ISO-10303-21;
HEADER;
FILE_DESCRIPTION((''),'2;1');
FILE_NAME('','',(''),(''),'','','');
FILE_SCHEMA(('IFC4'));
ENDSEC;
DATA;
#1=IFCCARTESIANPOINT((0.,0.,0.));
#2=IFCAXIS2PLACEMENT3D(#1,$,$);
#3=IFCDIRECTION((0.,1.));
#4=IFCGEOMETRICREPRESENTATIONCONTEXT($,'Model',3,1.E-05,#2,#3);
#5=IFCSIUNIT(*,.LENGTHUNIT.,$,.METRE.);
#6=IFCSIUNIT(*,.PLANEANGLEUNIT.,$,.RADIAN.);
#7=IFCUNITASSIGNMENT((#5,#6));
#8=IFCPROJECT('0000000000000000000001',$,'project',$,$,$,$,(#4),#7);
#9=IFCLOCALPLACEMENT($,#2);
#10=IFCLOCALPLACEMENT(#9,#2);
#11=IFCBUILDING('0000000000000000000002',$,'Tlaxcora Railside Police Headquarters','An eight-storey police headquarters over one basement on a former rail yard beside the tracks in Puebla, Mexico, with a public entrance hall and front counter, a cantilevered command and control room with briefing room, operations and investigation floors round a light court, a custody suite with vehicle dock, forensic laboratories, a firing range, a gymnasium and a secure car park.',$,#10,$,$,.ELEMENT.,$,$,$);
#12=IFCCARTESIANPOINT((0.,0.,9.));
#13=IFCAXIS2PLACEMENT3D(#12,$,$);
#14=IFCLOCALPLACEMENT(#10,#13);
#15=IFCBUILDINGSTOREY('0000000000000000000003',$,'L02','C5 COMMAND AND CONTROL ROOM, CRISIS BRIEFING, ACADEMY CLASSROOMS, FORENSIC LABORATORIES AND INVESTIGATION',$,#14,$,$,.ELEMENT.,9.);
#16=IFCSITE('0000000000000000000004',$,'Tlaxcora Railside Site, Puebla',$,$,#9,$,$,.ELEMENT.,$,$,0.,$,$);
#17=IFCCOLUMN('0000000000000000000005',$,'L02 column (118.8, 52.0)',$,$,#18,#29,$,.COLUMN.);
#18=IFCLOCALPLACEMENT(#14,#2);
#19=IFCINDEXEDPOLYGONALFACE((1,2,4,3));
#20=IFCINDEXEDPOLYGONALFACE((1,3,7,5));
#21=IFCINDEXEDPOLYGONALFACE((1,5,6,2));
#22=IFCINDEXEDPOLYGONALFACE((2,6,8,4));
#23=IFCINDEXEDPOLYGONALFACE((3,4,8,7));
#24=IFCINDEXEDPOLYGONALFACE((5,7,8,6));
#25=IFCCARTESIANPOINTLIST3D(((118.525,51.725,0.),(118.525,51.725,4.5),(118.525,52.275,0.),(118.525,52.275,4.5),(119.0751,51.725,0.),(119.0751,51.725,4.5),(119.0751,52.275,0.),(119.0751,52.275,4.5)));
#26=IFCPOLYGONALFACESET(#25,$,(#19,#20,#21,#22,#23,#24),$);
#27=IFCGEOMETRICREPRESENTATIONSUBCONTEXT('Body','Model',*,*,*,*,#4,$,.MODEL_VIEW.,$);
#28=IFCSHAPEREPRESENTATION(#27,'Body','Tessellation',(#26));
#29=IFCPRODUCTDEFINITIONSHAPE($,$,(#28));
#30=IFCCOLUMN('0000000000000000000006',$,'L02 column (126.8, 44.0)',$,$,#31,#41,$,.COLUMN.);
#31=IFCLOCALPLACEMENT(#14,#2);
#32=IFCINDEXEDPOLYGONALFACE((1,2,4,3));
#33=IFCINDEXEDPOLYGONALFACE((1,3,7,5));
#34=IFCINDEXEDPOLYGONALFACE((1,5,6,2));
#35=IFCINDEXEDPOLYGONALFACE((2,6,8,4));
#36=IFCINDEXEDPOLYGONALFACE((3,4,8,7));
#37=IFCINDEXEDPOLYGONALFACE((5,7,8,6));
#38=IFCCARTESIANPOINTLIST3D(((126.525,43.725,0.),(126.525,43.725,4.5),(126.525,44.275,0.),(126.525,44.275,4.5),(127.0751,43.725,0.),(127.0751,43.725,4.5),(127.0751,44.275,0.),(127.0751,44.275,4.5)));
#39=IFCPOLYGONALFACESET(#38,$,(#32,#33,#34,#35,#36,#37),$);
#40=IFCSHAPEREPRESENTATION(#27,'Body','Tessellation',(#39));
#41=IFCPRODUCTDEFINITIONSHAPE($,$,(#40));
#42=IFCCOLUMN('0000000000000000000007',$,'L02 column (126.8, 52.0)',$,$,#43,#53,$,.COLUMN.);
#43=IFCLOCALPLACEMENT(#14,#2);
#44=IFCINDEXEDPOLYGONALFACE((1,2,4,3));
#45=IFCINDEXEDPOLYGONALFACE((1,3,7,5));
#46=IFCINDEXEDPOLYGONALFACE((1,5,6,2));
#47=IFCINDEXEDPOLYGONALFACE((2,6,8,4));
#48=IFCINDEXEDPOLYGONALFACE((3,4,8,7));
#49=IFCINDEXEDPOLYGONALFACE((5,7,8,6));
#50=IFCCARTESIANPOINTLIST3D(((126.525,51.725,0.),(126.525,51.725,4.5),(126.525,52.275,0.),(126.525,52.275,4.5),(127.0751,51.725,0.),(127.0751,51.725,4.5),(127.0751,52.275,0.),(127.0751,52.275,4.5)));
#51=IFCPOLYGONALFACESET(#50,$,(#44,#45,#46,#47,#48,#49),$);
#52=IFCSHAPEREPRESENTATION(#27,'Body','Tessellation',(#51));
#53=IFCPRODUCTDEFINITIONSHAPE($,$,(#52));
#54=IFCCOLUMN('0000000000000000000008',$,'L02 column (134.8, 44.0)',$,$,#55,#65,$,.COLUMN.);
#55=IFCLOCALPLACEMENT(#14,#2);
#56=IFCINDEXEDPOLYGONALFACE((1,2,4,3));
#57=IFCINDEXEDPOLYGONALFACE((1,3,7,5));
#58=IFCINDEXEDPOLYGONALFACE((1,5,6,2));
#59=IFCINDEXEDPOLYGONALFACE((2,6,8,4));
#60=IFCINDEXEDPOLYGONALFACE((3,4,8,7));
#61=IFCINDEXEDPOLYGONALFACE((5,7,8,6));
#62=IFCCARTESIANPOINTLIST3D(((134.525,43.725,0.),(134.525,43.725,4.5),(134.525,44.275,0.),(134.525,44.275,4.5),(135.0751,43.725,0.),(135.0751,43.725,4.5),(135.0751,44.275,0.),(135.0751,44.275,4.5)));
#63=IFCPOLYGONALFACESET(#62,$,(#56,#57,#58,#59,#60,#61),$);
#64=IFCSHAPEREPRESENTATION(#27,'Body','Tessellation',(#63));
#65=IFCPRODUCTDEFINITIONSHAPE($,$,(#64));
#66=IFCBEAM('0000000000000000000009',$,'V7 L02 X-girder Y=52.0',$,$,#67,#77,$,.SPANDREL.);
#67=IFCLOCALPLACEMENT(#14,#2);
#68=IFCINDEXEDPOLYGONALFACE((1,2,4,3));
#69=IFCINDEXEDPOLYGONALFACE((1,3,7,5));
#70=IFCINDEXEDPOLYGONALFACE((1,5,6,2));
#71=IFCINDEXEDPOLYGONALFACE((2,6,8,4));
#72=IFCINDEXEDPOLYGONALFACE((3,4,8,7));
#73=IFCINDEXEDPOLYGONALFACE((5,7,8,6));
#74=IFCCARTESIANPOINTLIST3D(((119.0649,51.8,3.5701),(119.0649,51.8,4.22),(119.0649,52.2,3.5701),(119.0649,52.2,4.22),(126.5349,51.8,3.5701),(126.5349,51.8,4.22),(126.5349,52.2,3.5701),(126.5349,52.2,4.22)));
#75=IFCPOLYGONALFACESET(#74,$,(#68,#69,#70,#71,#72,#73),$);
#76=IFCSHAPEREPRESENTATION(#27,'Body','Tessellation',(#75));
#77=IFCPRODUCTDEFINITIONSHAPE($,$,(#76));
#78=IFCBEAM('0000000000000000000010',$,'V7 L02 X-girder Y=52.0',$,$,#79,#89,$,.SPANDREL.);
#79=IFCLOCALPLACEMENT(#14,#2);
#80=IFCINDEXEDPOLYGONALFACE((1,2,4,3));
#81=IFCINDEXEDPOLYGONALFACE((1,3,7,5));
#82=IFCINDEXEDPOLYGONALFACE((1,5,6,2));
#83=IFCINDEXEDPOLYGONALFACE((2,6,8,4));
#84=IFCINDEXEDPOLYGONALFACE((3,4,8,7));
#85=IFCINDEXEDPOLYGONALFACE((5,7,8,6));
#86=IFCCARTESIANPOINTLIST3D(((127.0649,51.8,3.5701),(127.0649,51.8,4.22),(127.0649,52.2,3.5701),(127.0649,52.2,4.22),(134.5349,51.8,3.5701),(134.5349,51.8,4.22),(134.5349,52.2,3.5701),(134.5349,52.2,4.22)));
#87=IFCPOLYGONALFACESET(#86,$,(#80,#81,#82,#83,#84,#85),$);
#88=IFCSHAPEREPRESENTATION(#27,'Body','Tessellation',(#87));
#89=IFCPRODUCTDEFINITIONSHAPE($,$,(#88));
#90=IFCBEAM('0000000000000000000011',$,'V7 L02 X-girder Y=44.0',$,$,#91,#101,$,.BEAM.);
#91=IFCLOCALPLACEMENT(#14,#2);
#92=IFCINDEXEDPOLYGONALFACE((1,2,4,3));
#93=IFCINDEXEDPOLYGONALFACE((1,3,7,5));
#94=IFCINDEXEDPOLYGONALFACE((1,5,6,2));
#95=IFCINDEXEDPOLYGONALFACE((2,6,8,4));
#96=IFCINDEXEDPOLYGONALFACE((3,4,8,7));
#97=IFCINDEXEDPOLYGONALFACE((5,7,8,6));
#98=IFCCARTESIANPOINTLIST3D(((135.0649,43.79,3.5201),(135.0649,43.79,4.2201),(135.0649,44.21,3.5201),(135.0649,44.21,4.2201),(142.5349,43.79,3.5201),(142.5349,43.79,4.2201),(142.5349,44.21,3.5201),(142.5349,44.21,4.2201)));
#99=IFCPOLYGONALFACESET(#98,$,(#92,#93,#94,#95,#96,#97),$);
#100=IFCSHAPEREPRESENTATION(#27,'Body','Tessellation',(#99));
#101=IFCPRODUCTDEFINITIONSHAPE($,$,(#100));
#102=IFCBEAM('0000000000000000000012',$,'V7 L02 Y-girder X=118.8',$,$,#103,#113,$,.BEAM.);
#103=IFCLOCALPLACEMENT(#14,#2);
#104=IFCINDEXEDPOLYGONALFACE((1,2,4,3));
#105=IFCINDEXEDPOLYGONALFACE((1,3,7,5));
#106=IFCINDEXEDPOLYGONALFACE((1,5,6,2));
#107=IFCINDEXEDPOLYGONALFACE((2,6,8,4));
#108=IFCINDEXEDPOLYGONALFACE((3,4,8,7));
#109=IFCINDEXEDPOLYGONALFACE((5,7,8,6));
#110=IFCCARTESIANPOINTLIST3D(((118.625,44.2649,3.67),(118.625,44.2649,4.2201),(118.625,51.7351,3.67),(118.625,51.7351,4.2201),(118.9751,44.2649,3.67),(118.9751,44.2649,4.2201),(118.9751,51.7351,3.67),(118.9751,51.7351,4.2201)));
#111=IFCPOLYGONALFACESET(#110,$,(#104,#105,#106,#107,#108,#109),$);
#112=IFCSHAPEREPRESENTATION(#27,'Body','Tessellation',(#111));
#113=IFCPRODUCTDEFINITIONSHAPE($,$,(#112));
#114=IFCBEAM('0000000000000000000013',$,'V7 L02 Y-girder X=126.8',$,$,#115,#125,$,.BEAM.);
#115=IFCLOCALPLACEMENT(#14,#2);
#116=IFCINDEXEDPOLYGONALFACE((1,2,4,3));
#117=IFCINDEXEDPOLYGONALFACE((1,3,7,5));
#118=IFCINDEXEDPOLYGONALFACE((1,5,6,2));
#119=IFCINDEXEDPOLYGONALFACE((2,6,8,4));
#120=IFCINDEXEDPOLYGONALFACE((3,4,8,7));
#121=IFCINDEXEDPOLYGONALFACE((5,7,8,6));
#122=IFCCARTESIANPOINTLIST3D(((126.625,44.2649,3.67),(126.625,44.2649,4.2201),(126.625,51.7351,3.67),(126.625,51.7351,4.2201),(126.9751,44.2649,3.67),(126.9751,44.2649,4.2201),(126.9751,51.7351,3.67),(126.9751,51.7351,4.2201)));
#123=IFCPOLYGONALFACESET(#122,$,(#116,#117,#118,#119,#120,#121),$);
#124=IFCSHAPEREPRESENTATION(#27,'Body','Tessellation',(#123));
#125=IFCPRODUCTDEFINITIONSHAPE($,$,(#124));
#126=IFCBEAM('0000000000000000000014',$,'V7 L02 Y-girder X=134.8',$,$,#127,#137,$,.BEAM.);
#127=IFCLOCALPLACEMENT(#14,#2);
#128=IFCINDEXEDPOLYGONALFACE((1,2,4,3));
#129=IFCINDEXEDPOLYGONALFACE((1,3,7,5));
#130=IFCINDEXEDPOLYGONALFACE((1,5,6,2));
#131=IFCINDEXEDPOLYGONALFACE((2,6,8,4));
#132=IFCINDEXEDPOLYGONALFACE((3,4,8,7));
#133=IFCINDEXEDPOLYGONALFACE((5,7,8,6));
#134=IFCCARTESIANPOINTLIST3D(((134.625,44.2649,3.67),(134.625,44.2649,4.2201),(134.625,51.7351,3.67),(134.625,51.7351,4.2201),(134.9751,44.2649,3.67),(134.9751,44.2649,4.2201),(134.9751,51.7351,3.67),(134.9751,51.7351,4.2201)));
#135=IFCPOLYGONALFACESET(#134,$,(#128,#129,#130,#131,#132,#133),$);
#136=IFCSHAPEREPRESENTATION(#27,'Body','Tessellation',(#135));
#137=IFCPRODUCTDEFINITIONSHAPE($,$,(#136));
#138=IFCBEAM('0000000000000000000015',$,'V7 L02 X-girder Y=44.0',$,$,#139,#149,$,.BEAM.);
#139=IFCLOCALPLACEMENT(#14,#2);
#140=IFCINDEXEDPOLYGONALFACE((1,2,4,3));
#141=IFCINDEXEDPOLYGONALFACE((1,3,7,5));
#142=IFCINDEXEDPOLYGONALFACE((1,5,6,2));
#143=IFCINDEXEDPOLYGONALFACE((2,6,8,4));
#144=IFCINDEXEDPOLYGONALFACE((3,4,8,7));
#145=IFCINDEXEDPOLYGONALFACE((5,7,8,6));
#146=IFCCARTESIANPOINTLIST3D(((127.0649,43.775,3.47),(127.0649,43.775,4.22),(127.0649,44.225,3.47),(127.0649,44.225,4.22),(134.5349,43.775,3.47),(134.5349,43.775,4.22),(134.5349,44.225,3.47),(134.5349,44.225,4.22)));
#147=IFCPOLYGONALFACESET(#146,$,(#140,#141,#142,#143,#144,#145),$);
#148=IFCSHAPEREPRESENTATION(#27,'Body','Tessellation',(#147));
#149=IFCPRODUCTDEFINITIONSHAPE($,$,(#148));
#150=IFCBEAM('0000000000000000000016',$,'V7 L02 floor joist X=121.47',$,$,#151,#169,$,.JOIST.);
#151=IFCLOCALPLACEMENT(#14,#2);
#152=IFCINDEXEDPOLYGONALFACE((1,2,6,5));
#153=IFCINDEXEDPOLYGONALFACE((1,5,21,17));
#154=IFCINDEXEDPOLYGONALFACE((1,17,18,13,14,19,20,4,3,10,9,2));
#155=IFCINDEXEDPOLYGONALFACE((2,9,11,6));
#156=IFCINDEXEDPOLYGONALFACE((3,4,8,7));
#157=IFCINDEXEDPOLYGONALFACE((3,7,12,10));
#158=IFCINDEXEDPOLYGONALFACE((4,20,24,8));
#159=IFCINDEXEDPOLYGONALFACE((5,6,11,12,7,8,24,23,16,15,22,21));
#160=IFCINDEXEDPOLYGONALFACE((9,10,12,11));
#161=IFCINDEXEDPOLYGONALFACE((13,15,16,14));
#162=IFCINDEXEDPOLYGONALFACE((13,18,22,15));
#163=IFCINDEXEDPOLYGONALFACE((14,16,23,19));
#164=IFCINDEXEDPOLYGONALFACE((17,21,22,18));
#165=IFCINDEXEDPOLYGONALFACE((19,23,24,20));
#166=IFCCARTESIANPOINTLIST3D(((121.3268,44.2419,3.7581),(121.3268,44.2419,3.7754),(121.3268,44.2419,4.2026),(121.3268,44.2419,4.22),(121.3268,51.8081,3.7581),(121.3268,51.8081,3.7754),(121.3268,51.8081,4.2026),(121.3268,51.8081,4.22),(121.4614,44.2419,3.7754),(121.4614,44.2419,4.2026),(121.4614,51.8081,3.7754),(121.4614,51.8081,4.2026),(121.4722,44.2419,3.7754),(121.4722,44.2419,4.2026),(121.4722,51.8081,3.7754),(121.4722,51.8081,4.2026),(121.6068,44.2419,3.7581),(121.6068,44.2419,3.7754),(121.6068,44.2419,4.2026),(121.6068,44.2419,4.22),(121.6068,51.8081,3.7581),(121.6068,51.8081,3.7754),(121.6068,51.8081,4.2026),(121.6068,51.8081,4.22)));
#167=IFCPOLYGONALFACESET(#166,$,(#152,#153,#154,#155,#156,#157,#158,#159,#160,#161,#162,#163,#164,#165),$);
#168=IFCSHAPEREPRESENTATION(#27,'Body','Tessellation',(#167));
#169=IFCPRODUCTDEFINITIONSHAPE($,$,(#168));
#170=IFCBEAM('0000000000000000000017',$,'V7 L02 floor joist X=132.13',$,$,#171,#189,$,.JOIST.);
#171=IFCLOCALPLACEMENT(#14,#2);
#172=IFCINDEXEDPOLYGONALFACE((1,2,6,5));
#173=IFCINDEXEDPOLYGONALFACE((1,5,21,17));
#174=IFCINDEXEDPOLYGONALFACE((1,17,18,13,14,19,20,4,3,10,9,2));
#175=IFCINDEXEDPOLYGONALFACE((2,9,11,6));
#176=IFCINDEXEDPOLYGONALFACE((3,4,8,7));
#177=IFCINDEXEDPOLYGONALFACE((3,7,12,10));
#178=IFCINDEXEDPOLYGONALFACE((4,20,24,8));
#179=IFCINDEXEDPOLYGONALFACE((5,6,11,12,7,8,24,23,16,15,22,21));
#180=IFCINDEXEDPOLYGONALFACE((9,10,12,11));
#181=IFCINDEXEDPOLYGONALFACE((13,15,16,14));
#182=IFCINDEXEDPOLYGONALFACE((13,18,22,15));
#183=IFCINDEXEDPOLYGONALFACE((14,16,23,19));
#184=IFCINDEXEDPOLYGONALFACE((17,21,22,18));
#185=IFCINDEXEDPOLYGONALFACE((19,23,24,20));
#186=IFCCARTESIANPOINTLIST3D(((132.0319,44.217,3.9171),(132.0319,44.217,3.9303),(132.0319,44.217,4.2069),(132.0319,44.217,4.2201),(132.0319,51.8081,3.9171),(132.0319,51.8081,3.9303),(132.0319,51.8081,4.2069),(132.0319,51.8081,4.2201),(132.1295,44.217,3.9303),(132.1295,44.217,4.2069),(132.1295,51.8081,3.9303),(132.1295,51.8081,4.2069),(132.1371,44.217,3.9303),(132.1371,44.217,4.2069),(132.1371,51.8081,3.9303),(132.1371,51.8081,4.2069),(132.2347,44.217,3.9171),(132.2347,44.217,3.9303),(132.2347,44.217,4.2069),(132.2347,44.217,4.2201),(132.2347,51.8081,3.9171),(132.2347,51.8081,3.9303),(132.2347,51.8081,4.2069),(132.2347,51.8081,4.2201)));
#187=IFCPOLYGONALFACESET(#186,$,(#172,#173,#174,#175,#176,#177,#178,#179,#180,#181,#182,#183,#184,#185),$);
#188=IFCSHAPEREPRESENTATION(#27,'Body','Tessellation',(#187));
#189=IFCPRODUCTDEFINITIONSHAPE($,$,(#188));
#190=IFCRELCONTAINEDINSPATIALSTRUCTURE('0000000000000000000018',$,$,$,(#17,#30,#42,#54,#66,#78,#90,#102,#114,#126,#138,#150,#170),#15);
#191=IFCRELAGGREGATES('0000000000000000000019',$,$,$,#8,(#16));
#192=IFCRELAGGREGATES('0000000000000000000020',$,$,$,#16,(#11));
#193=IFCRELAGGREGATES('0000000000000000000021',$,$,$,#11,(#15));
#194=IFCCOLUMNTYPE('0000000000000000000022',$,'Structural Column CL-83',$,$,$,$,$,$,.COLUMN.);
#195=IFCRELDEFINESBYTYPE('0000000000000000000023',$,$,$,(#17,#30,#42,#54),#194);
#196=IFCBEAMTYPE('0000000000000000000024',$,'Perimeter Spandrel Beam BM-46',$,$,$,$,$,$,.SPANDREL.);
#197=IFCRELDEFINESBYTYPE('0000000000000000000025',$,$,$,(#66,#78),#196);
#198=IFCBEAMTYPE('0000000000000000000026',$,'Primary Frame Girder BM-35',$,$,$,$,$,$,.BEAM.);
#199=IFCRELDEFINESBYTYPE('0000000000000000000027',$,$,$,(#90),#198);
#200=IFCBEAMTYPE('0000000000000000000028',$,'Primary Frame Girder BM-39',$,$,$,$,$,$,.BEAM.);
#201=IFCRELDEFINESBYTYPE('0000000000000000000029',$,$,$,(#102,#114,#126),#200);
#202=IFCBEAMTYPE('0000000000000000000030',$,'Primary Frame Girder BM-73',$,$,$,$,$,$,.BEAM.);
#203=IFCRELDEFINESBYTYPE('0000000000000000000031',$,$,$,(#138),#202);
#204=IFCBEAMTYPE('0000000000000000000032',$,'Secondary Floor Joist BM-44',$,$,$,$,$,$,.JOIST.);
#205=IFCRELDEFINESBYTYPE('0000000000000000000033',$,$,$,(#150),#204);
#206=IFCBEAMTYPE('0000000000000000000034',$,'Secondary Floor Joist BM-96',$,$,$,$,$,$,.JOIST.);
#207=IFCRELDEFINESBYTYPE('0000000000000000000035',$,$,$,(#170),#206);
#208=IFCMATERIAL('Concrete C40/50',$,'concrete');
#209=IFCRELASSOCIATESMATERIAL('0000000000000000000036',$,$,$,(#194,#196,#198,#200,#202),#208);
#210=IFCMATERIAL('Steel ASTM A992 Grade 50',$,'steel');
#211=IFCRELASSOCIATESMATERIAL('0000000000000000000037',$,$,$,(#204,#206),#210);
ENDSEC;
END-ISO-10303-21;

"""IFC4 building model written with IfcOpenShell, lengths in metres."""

from ifc_helpers import new_model, si_unit, direction, frame, origin, origin_2d, place, context, subcontext, project, spatial, rectangle, i_section, extrude, material, material_profile, profile_set, type_object, element, save


model = new_model("IFC4")

# Units and contexts
model_context = context("Model", 3, precision=1e-05, world=origin(), true_north=direction((0.0, 1.0)))
body_context = subcontext(model_context, "Body", "Model", "MODEL_VIEW")
ifc_project = project(units=[si_unit("LENGTHUNIT", "METRE"), si_unit("PLANEANGLEUNIT", "RADIAN")], contexts=[model_context])

# Site, building, storey
site_placement = place(None, origin())
site = spatial("IfcSite", under=ifc_project, at=site_placement, Name="Tlaxcora Railside Site, Puebla", CompositionType="ELEMENT", RefElevation=0.0)
building_placement = place(site_placement, origin())
building = spatial("IfcBuilding", under=site, at=building_placement, Name="Tlaxcora Railside Police Headquarters", Description="An eight-storey police headquarters over one basement on a former rail yard beside the tracks in Puebla, Mexico, with a public entrance hall and front counter, a cantilevered command and control room with briefing room, operations and investigation floors round a light court, a custody suite with vehicle dock, forensic laboratories, a firing range, a gymnasium and a secure car park.", CompositionType="ELEMENT")
storey_placement = place(building_placement, frame((0.0, 0.0, 9.0)))
storey = spatial("IfcBuildingStorey", under=building, at=storey_placement, Name="L02", Description="C5 COMMAND AND CONTROL ROOM, CRISIS BRIEFING, ACADEMY CLASSROOMS, FORENSIC LABORATORIES AND INVESTIGATION", CompositionType="ELEMENT", Elevation=9.0)

# Columns
ifc_material_1 = material(Name="Concrete C40/50", Category="concrete")
ifc_material_profile_1 = material_profile(ifc_material_1, rectangle(XDim=0.55, YDim=0.55, at=origin_2d()), Name="RC550X550")
ifc_profile_set_1 = profile_set([ifc_material_profile_1], Name="Concrete C40/50")
column_type = type_object("IfcColumnType", Name="Structural Column CL-83", PredefinedType="COLUMN", material=ifc_profile_set_1)
for number, where, z_axis, x_axis, name in (
    (1, (118.8, 52.0, 0.0), (0.0, 0.0, 1.0), (1.0, 0.0, 0.0), "L02 column (118.8, 52.0)"),
    (2, (126.8, 44.0, 0.0), (0.0, 0.0, 1.0), (1.0, 0.0, 0.0), "L02 column (126.8, 44.0)"),
    (3, (126.8, 52.0, 0.0), (0.0, 0.0, 1.0), (1.0, 0.0, 0.0), "L02 column (126.8, 52.0)"),
    (4, (134.8, 44.0, 0.0), (0.0, 0.0, 1.0), (1.0, 0.0, 0.0), "L02 column (134.8, 44.0)"),
):
    element("IfcColumn", number, at=place(storey_placement, frame(where, z_axis=z_axis, x_axis=x_axis)), inside=storey, type_object=column_type, Name=name, PredefinedType="COLUMN", context=body_context, shape_type="SweptSolid", body=[
        extrude(rectangle(XDim=0.55, YDim=0.55, at=origin_2d()), origin(), (0.0, 0.0, 1.0), 4.5),
    ])

# Beams
ifc_material_profile_2 = material_profile(ifc_material_1, rectangle(XDim=0.3999, YDim=0.6499, at=origin_2d()), Name="RC400X650")
ifc_profile_set_2 = profile_set([ifc_material_profile_2], Name="Concrete C40/50")
beam_type_1 = type_object("IfcBeamType", Name="Perimeter Spandrel Beam BM-46", PredefinedType="SPANDREL", material=ifc_profile_set_2)
for number, where, z_axis, x_axis, name in (
    (5, (119.0649, 52.0, 3.895), (1.0, 0.0, 0.0), (0.0, 1.0, 0.0), "V7 L02 X-girder Y=52.0"),
    (6, (127.0649, 52.0, 3.895), (1.0, 0.0, 0.0), (0.0, 1.0, 0.0), "V7 L02 X-girder Y=52.0"),
):
    element("IfcBeam", number, at=place(storey_placement, frame(where, z_axis=z_axis, x_axis=x_axis)), inside=storey, type_object=beam_type_1, Name=name, PredefinedType="SPANDREL", context=body_context, shape_type="SweptSolid", body=[
        extrude(rectangle(XDim=0.3999, YDim=0.6499, at=origin_2d()), origin(), (0.0, 0.0, 1.0), 7.47),
    ])
ifc_material_profile_3 = material_profile(ifc_material_1, rectangle(XDim=0.4199, YDim=0.7, at=origin_2d()), Name="RC420X700")
ifc_profile_set_3 = profile_set([ifc_material_profile_3], Name="Concrete C40/50")
beam_type_2 = type_object("IfcBeamType", Name="Primary Frame Girder BM-35", PredefinedType="BEAM", material=ifc_profile_set_3)
beam_1_placement = place(storey_placement, frame((135.0649, 44.0, 3.8701), z_axis=(1.0, 0.0, 0.0), x_axis=(0.0, 1.0, 0.0)))
element("IfcBeam", 7, at=beam_1_placement, inside=storey, type_object=beam_type_2, Name="V7 L02 X-girder Y=44.0", PredefinedType="BEAM", context=body_context, shape_type="SweptSolid", body=[
    extrude(rectangle(XDim=0.4199, YDim=0.7, at=origin_2d()), origin(), (0.0, 0.0, 1.0), 7.47),
])
ifc_material_profile_4 = material_profile(ifc_material_1, rectangle(XDim=0.3501, YDim=0.55, at=origin_2d()), Name="RC350X550")
ifc_profile_set_4 = profile_set([ifc_material_profile_4], Name="Concrete C40/50")
beam_type_3 = type_object("IfcBeamType", Name="Primary Frame Girder BM-39", PredefinedType="BEAM", material=ifc_profile_set_4)
for number, where, z_axis, x_axis, name in (
    (8, (118.8, 44.2649, 3.9451), (0.0, 1.0, 0.0), (-1.0, 0.0, 0.0), "V7 L02 Y-girder X=118.8"),
    (9, (126.8, 44.2649, 3.9451), (0.0, 1.0, 0.0), (-1.0, 0.0, 0.0), "V7 L02 Y-girder X=126.8"),
    (10, (134.8, 44.2649, 3.9451), (0.0, 1.0, 0.0), (-1.0, 0.0, 0.0), "V7 L02 Y-girder X=134.8"),
):
    element("IfcBeam", number, at=place(storey_placement, frame(where, z_axis=z_axis, x_axis=x_axis)), inside=storey, type_object=beam_type_3, Name=name, PredefinedType="BEAM", context=body_context, shape_type="SweptSolid", body=[
        extrude(rectangle(XDim=0.3501, YDim=0.55, at=origin_2d()), origin(), (0.0, 0.0, 1.0), 7.4702),
    ])
ifc_material_profile_5 = material_profile(ifc_material_1, rectangle(XDim=0.45, YDim=0.75, at=origin_2d()), Name="RC450X750")
ifc_profile_set_5 = profile_set([ifc_material_profile_5], Name="Concrete C40/50")
beam_type_4 = type_object("IfcBeamType", Name="Primary Frame Girder BM-73", PredefinedType="BEAM", material=ifc_profile_set_5)
beam_2_placement = place(storey_placement, frame((127.0649, 44.0, 3.845), z_axis=(1.0, 0.0, 0.0), x_axis=(0.0, 1.0, 0.0)))
element("IfcBeam", 11, at=beam_2_placement, inside=storey, type_object=beam_type_4, Name="V7 L02 X-girder Y=44.0", PredefinedType="BEAM", context=body_context, shape_type="SweptSolid", body=[
    extrude(rectangle(XDim=0.45, YDim=0.75, at=origin_2d()), origin(), (0.0, 0.0, 1.0), 7.47),
])
ifc_material_2 = material(Name="Steel ASTM A992 Grade 50", Category="steel")
ifc_material_profile_6 = material_profile(ifc_material_2, i_section(OverallWidth=0.28, OverallDepth=0.4619, WebThickness=0.0107, FlangeThickness=0.0173, at=origin_2d()), Name="W18X76")
ifc_profile_set_6 = profile_set([ifc_material_profile_6], Name="Steel ASTM A992 Grade 50")
beam_type_5 = type_object("IfcBeamType", Name="Secondary Floor Joist BM-44", PredefinedType="JOIST", material=ifc_profile_set_6)
beam_3_placement = place(storey_placement, frame((121.4668, 44.2419, 3.989), z_axis=(0.0, 1.0, 0.0), x_axis=(-1.0, 0.0, 0.0)))
element("IfcBeam", 12, at=beam_3_placement, inside=storey, type_object=beam_type_5, Name="V7 L02 floor joist X=121.47", PredefinedType="JOIST", context=body_context, shape_type="SweptSolid", body=[
    extrude(i_section(OverallWidth=0.28, OverallDepth=0.4619, WebThickness=0.0107, FlangeThickness=0.0173, at=origin_2d()), origin(), (0.0, 0.0, 1.0), 7.5662),
])
ifc_material_profile_7 = material_profile(ifc_material_2, i_section(OverallWidth=0.2029, OverallDepth=0.303, WebThickness=0.0076, FlangeThickness=0.0132, at=origin_2d()), Name="W12X40")
ifc_profile_set_7 = profile_set([ifc_material_profile_7], Name="Steel ASTM A992 Grade 50")
beam_type_6 = type_object("IfcBeamType", Name="Secondary Floor Joist BM-96", PredefinedType="JOIST", material=ifc_profile_set_7)
beam_4_placement = place(storey_placement, frame((132.1333, 44.217, 4.0686), z_axis=(0.0, 1.0, 0.0), x_axis=(-1.0, 0.0, 0.0)))
element("IfcBeam", 13, at=beam_4_placement, inside=storey, type_object=beam_type_6, Name="V7 L02 floor joist X=132.13", PredefinedType="JOIST", context=body_context, shape_type="SweptSolid", body=[
    extrude(i_section(OverallWidth=0.2029, OverallDepth=0.303, WebThickness=0.0076, FlangeThickness=0.0132, at=origin_2d()), origin(), (0.0, 0.0, 1.0), 7.5911),
])

save(model, "model.ifc")
